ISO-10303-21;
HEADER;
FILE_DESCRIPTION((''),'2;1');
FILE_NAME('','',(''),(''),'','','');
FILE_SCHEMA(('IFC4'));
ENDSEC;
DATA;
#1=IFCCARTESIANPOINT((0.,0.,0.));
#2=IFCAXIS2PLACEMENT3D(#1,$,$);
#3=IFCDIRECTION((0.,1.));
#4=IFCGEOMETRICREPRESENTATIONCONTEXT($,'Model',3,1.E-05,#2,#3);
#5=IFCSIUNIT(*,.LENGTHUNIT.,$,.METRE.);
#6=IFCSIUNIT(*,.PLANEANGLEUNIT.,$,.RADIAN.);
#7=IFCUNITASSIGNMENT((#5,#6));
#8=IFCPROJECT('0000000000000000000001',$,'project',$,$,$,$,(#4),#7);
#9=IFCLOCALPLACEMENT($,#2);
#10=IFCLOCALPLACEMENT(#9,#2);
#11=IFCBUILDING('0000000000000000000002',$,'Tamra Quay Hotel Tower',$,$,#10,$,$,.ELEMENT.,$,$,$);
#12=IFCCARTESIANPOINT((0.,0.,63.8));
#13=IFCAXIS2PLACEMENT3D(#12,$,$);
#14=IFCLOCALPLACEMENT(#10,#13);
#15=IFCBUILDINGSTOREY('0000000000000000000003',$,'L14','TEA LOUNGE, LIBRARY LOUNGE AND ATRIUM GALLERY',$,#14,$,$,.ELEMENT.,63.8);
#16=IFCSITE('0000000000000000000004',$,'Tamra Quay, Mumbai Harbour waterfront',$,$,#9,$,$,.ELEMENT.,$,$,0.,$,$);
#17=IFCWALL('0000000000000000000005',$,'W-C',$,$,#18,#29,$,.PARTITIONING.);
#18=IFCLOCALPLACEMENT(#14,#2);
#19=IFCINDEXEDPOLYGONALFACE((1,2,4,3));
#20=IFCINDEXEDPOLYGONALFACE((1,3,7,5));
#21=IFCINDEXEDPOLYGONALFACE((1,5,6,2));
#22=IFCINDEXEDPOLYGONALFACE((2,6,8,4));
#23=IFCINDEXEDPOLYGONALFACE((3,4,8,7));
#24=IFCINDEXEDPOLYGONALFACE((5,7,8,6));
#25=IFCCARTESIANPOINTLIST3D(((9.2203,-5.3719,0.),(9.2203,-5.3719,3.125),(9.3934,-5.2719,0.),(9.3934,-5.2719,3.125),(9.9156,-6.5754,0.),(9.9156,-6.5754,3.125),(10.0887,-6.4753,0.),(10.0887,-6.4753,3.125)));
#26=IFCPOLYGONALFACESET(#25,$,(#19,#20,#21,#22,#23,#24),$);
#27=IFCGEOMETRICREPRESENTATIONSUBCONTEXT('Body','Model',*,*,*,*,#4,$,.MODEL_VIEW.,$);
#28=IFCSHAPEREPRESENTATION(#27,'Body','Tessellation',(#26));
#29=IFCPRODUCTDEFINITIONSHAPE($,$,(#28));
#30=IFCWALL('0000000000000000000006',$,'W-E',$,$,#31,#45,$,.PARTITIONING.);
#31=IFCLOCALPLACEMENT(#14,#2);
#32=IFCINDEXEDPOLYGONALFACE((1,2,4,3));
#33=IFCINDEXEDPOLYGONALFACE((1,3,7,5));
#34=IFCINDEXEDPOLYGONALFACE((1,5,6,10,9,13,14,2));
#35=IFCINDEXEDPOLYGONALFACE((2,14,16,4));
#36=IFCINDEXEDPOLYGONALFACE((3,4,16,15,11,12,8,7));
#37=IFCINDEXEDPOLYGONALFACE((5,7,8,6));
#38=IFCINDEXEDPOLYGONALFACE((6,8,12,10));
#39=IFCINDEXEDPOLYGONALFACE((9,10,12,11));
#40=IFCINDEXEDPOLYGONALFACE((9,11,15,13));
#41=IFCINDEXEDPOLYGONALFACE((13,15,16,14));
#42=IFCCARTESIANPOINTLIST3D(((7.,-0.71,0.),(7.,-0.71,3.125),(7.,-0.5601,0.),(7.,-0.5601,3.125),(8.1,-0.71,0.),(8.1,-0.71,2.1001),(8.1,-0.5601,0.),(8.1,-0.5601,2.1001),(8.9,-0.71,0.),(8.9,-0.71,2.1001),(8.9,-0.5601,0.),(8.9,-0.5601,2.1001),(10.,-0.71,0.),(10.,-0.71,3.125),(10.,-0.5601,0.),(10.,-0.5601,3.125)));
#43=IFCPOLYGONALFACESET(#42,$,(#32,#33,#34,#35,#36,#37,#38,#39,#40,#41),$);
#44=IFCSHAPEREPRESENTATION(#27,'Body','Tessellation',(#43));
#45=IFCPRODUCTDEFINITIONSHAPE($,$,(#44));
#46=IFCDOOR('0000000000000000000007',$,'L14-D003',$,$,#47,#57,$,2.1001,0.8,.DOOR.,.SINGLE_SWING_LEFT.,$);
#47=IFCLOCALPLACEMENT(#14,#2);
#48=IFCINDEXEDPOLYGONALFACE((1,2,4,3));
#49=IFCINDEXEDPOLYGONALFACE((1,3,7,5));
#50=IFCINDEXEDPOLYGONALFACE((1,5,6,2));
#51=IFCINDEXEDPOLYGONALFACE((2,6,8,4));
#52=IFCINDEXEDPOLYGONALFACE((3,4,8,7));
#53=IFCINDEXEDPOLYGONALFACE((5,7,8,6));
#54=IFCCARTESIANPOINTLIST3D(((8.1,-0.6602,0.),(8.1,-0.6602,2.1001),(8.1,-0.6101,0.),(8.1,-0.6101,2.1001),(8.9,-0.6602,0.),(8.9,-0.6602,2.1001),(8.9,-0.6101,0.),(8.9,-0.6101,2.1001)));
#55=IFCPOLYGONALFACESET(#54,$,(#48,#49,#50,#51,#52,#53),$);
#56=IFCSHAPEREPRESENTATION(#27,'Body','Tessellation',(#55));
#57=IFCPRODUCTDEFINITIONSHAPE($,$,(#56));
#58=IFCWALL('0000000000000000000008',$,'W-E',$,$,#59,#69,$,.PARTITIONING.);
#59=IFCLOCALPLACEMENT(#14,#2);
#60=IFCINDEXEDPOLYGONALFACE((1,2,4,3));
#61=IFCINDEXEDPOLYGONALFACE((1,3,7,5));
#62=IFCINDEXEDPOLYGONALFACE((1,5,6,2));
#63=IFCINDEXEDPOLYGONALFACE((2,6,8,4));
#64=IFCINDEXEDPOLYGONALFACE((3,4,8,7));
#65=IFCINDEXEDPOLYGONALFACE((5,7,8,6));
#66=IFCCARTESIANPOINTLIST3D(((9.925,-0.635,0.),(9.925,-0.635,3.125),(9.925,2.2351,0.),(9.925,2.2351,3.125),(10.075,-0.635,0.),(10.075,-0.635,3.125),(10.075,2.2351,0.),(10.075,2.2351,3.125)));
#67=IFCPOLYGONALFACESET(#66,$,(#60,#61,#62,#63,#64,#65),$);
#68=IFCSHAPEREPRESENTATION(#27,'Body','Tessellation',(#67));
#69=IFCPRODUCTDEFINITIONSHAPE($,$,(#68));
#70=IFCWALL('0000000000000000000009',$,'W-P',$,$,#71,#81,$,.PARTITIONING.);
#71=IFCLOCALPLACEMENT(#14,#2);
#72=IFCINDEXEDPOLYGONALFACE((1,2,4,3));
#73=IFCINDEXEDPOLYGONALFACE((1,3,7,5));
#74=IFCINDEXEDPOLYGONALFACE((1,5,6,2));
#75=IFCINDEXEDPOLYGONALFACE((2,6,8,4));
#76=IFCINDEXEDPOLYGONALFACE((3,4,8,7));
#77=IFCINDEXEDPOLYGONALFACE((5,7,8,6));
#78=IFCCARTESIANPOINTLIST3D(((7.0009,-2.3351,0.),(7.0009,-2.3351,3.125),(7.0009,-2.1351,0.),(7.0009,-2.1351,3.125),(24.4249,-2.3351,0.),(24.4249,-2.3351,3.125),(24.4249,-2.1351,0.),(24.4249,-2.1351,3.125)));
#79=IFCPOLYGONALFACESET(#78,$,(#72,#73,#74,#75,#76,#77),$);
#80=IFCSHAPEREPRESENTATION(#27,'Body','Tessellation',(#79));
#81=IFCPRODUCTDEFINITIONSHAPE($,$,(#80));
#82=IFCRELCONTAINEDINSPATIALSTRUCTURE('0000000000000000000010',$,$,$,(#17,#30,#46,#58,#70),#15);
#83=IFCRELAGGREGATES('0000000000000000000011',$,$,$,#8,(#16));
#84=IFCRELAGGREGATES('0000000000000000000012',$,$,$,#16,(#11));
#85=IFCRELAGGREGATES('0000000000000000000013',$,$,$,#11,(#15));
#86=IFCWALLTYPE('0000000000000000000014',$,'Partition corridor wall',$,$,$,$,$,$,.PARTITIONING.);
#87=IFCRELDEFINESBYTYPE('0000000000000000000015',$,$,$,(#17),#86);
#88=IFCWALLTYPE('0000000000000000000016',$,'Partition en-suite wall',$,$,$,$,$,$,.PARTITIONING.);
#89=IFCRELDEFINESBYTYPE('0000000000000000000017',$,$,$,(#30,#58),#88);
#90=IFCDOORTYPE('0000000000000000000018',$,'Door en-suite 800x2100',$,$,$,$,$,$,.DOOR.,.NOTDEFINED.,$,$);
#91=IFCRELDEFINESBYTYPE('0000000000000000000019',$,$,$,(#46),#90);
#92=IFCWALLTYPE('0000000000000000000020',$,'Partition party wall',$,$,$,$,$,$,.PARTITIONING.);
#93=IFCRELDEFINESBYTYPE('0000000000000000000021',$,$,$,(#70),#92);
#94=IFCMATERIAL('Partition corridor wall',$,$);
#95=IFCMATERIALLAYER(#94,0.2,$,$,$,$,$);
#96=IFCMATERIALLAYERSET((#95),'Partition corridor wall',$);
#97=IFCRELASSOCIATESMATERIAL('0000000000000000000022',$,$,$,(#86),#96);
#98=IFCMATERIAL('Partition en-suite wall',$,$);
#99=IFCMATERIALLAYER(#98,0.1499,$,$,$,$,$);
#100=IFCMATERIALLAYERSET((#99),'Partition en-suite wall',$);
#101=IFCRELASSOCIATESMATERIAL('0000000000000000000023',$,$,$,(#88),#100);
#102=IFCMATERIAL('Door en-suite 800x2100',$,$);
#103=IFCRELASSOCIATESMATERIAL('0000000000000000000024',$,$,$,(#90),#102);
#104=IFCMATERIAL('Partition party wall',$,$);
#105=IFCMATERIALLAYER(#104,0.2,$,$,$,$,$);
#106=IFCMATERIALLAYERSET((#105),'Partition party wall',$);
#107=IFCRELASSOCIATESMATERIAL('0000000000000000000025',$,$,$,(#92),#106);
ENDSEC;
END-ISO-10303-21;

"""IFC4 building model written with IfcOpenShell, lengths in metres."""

from ifc_helpers import new_model, si_unit, direction, frame, frame_2d, origin, place, context, subcontext, project, spatial, rectangle, extrude, material, layer, layer_set, type_object, element, fill, save


model = new_model("IFC4")

# Units and contexts
model_context = context("Model", 3, precision=1e-05, world=origin(), true_north=direction((0.0, 1.0)))
body_context = subcontext(model_context, "Body", "Model", "MODEL_VIEW")
ifc_project = project(units=[si_unit("LENGTHUNIT", "METRE"), si_unit("PLANEANGLEUNIT", "RADIAN")], contexts=[model_context])

# Site, building, storey
site_placement = place(None, origin())
site = spatial("IfcSite", under=ifc_project, at=site_placement, Name="Tamra Quay, Mumbai Harbour waterfront", CompositionType="ELEMENT", RefElevation=0.0)
building_placement = place(site_placement, origin())
building = spatial("IfcBuilding", under=site, at=building_placement, Name="Tamra Quay Hotel Tower", CompositionType="ELEMENT")
storey_placement = place(building_placement, frame((0.0, 0.0, 63.8)))
storey = spatial("IfcBuildingStorey", under=building, at=storey_placement, Name="L14", Description="TEA LOUNGE, LIBRARY LOUNGE AND ATRIUM GALLERY", CompositionType="ELEMENT", Elevation=63.8)

# Shared definitions
ifc_material_1 = material(Name="Partition corridor wall")
ifc_layer_1 = layer(ifc_material_1, 0.2)
ifc_layer_set_1 = layer_set([ifc_layer_1], Name="Partition corridor wall")
wall_type_1 = type_object("IfcWallType", Name="Partition corridor wall", PredefinedType="PARTITIONING", material=ifc_layer_set_1)

# Wall
wall_1_placement = place(storey_placement, frame((9.3069, -5.322, 0.0), z_axis=(0.0, 0.0, 1.0), x_axis=(0.500295, -0.865855, 0.0)))
element("IfcWall", 1, at=wall_1_placement, inside=storey, type_object=wall_type_1, Name="W-C", PredefinedType="PARTITIONING", context=body_context, shape_type="SweptSolid", body=[
    extrude(rectangle(XDim=1.3899, YDim=0.2, at=frame_2d((0.6948, 0.0))), origin(), (0.0, 0.0, 1.0), 3.125),
])

# Wall, opening, door
ifc_material_2 = material(Name="Partition en-suite wall")
ifc_layer_2 = layer(ifc_material_2, 0.1499)
ifc_layer_set_2 = layer_set([ifc_layer_2], Name="Partition en-suite wall")
wall_type_2 = type_object("IfcWallType", Name="Partition en-suite wall", PredefinedType="PARTITIONING", material=ifc_layer_set_2)
wall_2_placement = place(storey_placement, frame((7.0, -0.635, 0.0), z_axis=(0.0, 0.0, 1.0), x_axis=(1.0, 0.0, 0.0)))
wall_2 = element("IfcWall", 2, at=wall_2_placement, inside=storey, type_object=wall_type_2, Name="W-E", PredefinedType="PARTITIONING", context=body_context, shape_type="SweptSolid", body=[
    extrude(rectangle(XDim=3.0, YDim=0.1499, at=frame_2d((1.5, 0.0))), origin(), (0.0, 0.0, 1.0), 3.125),
])
opening_1_placement = place(wall_2_placement, frame((1.1001, 0.0, 0.0)))
opening_1 = element("IfcOpeningElement", 3, at=opening_1_placement, cuts=wall_2, PredefinedType="OPENING", context=body_context, shape_type="SweptSolid", body=[
    extrude(rectangle(XDim=0.8, YDim=2.1001, at=frame_2d((0.3999, 1.05))), frame((0.0, 0.085, 0.0), z_axis=(0.0, -1.0, 0.0), x_axis=(1.0, 0.0, 0.0)), (0.0, 0.0, 1.0), 0.1699),
])
ifc_material_3 = material(Name="Door en-suite 800x2100")
door_type_1 = type_object("IfcDoorType", Name="Door en-suite 800x2100", OperationType="NOTDEFINED", PredefinedType="DOOR", material=ifc_material_3)
door_1_placement = place(opening_1_placement, origin())
door_1 = element("IfcDoor", 4, at=door_1_placement, inside=storey, type_object=door_type_1, Name="L14-D003", OperationType="SINGLE_SWING_LEFT", OverallHeight=2.1001, OverallWidth=0.8, PredefinedType="DOOR", context=body_context, shape_type="SweptSolid", body=[
    extrude(rectangle(XDim=0.8, YDim=2.1001, at=frame_2d((0.3999, 1.05))), frame((0.0, 0.0249, 0.0), z_axis=(0.0, -1.0, 0.0), x_axis=(1.0, 0.0, 0.0)), (0.0, 0.0, 1.0), 0.05),
])
fill(opening_1, door_1)

# Walls
wall_3_placement = place(storey_placement, frame((10.0, -0.635, 0.0), z_axis=(0.0, 0.0, 1.0), x_axis=(0.0, 1.0, 0.0)))
element("IfcWall", 5, at=wall_3_placement, inside=storey, type_object=wall_type_2, Name="W-E", PredefinedType="PARTITIONING", context=body_context, shape_type="SweptSolid", body=[
    extrude(rectangle(XDim=2.8701, YDim=0.1499, at=frame_2d((1.4351, 0.0))), origin(), (0.0, 0.0, 1.0), 3.125),
])
ifc_material_4 = material(Name="Partition party wall")
ifc_layer_3 = layer(ifc_material_4, 0.2)
ifc_layer_set_3 = layer_set([ifc_layer_3], Name="Partition party wall")
wall_type_3 = type_object("IfcWallType", Name="Partition party wall", PredefinedType="PARTITIONING", material=ifc_layer_set_3)
wall_4_placement = place(storey_placement, frame((7.001, -2.2351, 0.0), z_axis=(0.0, 0.0, 1.0), x_axis=(1.0, 0.0, 0.0)))
element("IfcWall", 6, at=wall_4_placement, inside=storey, type_object=wall_type_3, Name="W-P", PredefinedType="PARTITIONING", context=body_context, shape_type="SweptSolid", body=[
    extrude(rectangle(XDim=17.4241, YDim=0.2, at=frame_2d((8.7119, 0.0))), origin(), (0.0, 0.0, 1.0), 3.125),
])

save(model, "model.ifc")
